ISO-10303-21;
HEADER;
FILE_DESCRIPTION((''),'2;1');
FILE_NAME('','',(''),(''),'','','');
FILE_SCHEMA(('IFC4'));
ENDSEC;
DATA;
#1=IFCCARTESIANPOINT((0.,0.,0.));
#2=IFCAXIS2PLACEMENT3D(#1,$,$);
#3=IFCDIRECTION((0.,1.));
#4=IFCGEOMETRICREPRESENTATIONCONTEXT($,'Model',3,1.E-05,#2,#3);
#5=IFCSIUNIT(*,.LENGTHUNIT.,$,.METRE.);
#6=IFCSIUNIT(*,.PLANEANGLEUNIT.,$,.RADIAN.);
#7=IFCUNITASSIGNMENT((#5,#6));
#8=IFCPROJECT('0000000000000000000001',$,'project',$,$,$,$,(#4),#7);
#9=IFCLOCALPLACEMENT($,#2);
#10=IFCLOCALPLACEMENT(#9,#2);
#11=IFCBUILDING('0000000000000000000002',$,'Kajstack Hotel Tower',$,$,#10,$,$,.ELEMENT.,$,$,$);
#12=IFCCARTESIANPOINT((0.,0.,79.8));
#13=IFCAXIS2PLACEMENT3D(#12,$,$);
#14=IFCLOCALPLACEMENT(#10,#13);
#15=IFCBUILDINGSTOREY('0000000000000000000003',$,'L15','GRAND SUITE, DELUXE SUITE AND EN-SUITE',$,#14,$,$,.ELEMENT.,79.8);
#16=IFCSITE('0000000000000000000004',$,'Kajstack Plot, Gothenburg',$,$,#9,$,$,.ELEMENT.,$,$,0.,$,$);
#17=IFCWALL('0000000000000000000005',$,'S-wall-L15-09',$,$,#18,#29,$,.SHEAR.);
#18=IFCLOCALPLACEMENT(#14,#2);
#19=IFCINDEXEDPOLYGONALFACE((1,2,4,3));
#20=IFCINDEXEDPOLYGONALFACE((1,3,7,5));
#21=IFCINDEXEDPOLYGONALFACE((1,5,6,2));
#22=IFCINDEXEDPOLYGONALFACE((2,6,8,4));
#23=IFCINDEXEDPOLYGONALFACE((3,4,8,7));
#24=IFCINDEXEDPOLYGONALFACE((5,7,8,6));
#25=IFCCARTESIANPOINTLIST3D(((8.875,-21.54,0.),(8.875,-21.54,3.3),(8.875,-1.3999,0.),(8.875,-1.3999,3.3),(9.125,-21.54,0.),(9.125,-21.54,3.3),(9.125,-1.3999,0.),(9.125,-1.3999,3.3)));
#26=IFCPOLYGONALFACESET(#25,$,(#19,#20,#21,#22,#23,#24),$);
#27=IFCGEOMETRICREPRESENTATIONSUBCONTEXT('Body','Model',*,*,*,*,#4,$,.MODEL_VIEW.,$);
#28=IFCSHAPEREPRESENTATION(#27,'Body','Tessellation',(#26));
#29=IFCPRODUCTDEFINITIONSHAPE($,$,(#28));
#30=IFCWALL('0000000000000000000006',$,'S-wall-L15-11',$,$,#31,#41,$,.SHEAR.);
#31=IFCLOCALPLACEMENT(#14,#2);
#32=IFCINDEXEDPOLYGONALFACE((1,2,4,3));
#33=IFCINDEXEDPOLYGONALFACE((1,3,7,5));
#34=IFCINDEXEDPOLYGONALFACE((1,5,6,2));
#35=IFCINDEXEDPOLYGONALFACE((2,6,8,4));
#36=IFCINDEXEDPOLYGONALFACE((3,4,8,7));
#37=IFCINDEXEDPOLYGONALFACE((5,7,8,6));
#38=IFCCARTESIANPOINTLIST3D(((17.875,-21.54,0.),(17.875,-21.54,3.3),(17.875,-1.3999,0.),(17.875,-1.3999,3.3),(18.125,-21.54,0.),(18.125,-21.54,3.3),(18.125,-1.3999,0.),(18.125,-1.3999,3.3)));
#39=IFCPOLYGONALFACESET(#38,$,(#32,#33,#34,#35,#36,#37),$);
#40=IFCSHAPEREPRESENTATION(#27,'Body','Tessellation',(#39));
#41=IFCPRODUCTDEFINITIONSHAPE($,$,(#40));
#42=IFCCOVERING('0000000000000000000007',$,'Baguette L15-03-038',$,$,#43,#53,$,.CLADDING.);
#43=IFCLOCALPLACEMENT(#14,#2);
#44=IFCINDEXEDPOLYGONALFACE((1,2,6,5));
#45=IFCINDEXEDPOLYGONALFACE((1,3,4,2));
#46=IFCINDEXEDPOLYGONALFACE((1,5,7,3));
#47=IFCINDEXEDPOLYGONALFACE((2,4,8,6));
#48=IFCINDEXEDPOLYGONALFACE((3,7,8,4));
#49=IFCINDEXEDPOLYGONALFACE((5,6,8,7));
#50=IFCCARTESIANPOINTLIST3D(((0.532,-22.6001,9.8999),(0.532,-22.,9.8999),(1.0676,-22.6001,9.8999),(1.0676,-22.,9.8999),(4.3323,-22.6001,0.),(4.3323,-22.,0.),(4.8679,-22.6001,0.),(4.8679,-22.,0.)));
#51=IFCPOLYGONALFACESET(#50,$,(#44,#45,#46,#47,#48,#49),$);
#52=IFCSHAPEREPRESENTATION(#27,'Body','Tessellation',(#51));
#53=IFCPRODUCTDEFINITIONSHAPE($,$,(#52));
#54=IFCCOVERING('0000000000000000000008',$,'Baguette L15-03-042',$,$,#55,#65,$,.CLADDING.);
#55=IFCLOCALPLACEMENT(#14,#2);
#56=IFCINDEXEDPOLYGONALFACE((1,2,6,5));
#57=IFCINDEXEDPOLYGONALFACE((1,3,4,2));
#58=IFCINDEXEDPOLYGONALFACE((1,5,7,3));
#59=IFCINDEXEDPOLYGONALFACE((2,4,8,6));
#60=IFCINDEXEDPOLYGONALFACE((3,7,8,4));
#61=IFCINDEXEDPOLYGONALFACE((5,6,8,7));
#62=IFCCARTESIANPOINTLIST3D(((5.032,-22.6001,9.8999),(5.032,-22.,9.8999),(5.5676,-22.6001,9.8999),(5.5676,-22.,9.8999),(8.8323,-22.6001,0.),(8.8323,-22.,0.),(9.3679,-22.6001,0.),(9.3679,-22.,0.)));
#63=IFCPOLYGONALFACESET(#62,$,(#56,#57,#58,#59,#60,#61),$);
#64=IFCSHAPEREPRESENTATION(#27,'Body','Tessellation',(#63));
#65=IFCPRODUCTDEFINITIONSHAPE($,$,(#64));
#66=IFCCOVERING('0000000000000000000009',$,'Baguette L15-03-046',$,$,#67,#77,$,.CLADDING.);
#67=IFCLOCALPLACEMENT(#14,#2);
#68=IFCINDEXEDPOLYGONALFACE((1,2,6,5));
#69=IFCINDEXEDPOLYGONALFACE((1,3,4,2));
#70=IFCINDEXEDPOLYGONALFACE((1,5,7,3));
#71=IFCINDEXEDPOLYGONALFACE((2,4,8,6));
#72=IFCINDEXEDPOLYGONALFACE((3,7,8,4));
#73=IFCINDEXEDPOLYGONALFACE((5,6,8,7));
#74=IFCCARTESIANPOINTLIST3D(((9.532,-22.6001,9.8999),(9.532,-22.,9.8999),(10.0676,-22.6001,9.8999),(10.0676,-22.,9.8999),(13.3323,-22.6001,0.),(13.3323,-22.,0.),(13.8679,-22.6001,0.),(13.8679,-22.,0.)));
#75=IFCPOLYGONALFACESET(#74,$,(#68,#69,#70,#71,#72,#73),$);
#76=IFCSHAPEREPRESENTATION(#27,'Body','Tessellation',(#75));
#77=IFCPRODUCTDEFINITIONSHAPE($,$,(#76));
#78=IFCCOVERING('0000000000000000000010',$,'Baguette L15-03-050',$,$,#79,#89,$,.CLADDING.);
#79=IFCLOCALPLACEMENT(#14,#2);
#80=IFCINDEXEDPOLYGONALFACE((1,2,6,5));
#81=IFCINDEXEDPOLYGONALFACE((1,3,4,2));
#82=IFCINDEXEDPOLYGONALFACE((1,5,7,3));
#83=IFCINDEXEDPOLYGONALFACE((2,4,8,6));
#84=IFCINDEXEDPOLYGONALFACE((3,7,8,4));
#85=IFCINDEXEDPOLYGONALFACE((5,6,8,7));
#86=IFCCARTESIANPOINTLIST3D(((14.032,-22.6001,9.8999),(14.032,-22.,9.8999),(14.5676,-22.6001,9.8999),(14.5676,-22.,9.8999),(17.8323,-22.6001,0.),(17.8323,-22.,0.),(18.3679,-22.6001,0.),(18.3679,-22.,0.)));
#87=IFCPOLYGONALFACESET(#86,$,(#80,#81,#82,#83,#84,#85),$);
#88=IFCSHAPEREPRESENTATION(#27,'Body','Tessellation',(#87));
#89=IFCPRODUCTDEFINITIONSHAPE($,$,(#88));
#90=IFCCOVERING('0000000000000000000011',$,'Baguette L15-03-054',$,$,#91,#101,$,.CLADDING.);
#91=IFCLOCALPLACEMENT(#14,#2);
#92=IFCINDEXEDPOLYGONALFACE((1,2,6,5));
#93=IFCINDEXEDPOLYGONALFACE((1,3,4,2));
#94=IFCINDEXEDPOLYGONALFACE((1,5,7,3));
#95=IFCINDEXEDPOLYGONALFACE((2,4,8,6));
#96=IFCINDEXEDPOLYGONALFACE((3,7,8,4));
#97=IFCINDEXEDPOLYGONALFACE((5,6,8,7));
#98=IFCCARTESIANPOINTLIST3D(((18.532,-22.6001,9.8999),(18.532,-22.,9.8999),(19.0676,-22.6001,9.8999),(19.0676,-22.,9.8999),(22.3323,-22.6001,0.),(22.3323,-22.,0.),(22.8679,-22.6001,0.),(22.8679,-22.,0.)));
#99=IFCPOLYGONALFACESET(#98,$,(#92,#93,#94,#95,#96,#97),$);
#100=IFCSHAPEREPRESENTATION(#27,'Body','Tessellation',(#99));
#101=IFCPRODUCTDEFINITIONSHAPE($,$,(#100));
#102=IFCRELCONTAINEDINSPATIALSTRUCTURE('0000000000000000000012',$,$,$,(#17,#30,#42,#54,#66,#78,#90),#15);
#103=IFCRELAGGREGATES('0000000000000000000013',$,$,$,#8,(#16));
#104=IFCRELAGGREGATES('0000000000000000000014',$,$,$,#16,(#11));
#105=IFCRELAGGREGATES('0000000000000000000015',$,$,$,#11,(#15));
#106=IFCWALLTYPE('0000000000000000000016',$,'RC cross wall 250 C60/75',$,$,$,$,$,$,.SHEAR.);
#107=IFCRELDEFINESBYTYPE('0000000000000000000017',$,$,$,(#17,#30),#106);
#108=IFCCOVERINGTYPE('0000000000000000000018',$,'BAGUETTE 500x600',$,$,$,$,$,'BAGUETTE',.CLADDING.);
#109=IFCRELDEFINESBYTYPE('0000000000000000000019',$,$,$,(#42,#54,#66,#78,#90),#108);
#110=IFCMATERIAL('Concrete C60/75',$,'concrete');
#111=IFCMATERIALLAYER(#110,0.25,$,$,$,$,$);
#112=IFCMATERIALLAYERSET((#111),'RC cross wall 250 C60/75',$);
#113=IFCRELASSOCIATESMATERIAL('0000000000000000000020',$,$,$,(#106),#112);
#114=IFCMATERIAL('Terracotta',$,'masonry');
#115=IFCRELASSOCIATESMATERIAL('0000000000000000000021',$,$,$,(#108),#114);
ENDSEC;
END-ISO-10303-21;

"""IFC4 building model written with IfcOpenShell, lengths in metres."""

from ifc_helpers import new_model, si_unit, direction, frame, frame_2d, origin, origin_2d, place, context, subcontext, project, spatial, polyline, rectangle, outline, extrude, material, layer, layer_set, material_profile, profile_set, type_object, element, save


model = new_model("IFC4")

# Units and contexts
model_context = context("Model", 3, precision=1e-05, world=origin(), true_north=direction((0.0, 1.0)))
body_context = subcontext(model_context, "Body", "Model", "MODEL_VIEW")
ifc_project = project(units=[si_unit("LENGTHUNIT", "METRE"), si_unit("PLANEANGLEUNIT", "RADIAN")], contexts=[model_context])

# Site, building, storey
site_placement = place(None, origin())
site = spatial("IfcSite", under=ifc_project, at=site_placement, Name="Kajstack Plot, Gothenburg", CompositionType="ELEMENT", RefElevation=0.0)
building_placement = place(site_placement, origin())
building = spatial("IfcBuilding", under=site, at=building_placement, Name="Kajstack Hotel Tower", CompositionType="ELEMENT")
storey_placement = place(building_placement, frame((0.0, 0.0, 79.8)))
storey = spatial("IfcBuildingStorey", under=building, at=storey_placement, Name="L15", Description="GRAND SUITE, DELUXE SUITE AND EN-SUITE", CompositionType="ELEMENT", Elevation=79.8)

# Walls
ifc_material_1 = material(Name="Concrete C60/75", Category="concrete")
ifc_layer_1 = layer(ifc_material_1, 0.25)
ifc_layer_set_1 = layer_set([ifc_layer_1], Name="RC cross wall 250 C60/75")
wall_type_1 = type_object("IfcWallType", Name="RC cross wall 250 C60/75", PredefinedType="SHEAR", material=ifc_layer_set_1)
for number, where, z_axis, x_axis, name in (
    (1, (9.0, -21.54, 0.0), (0.0, 0.0, 1.0), (0.0, 1.0, 0.0), "S-wall-L15-09"),
    (2, (18.0, -21.54, 0.0), (0.0, 0.0, 1.0), (0.0, 1.0, 0.0), "S-wall-L15-11"),
):
    element("IfcWall", number, at=place(storey_placement, frame(where, z_axis=z_axis, x_axis=x_axis)), inside=storey, type_object=wall_type_1, Name=name, PredefinedType="SHEAR", context=body_context, shape_type="SweptSolid", body=[
        extrude(rectangle(XDim=20.1401, YDim=0.25, at=frame_2d((10.0701, 0.0))), origin(), (0.0, 0.0, 1.0), 3.3),
    ])

# Coverings
ifc_material_2 = material(Name="Terracotta", Category="masonry")
ifc_material_profile = material_profile(ifc_material_2, rectangle(XDim=0.6001, YDim=0.5, at=origin_2d()), Name="Terracotta-clad concrete baguette 500 x 600")
ifc_profile_set = profile_set([ifc_material_profile], Name="Terracotta")
covering_type = type_object("IfcCoveringType", Name="BAGUETTE 500x600", ElementType="BAGUETTE", PredefinedType="CLADDING", material=ifc_profile_set)
for number, where, z_axis, x_axis, name in (
    (3, (0.532, -22.0, 0.0), (0.0, -1.0, 0.0), (1.0, 0.0, 0.0), "Baguette L15-03-038"),
    (4, (5.032, -22.0, 0.0), (0.0, -1.0, 0.0), (1.0, 0.0, 0.0), "Baguette L15-03-042"),
    (5, (9.532, -22.0, 0.0), (0.0, -1.0, 0.0), (1.0, 0.0, 0.0), "Baguette L15-03-046"),
    (6, (14.032, -22.0, 0.0), (0.0, -1.0, 0.0), (1.0, 0.0, 0.0), "Baguette L15-03-050"),
    (7, (18.532, -22.0, 0.0), (0.0, -1.0, 0.0), (1.0, 0.0, 0.0), "Baguette L15-03-054"),
):
    element("IfcCovering", number, at=place(storey_placement, frame(where, z_axis=z_axis, x_axis=x_axis)), inside=storey, type_object=covering_type, Name=name, PredefinedType="CLADDING", context=body_context, shape_type="SweptSolid", body=[
        extrude(outline(polyline([(0.0, 9.8999), (3.8003, 0.0), (4.3359, 0.0), (0.5356, 9.8999), (0.0, 9.8999)])), origin(), (0.0, 0.0, 1.0), 0.6001),
    ])

save(model, "model.ifc")
